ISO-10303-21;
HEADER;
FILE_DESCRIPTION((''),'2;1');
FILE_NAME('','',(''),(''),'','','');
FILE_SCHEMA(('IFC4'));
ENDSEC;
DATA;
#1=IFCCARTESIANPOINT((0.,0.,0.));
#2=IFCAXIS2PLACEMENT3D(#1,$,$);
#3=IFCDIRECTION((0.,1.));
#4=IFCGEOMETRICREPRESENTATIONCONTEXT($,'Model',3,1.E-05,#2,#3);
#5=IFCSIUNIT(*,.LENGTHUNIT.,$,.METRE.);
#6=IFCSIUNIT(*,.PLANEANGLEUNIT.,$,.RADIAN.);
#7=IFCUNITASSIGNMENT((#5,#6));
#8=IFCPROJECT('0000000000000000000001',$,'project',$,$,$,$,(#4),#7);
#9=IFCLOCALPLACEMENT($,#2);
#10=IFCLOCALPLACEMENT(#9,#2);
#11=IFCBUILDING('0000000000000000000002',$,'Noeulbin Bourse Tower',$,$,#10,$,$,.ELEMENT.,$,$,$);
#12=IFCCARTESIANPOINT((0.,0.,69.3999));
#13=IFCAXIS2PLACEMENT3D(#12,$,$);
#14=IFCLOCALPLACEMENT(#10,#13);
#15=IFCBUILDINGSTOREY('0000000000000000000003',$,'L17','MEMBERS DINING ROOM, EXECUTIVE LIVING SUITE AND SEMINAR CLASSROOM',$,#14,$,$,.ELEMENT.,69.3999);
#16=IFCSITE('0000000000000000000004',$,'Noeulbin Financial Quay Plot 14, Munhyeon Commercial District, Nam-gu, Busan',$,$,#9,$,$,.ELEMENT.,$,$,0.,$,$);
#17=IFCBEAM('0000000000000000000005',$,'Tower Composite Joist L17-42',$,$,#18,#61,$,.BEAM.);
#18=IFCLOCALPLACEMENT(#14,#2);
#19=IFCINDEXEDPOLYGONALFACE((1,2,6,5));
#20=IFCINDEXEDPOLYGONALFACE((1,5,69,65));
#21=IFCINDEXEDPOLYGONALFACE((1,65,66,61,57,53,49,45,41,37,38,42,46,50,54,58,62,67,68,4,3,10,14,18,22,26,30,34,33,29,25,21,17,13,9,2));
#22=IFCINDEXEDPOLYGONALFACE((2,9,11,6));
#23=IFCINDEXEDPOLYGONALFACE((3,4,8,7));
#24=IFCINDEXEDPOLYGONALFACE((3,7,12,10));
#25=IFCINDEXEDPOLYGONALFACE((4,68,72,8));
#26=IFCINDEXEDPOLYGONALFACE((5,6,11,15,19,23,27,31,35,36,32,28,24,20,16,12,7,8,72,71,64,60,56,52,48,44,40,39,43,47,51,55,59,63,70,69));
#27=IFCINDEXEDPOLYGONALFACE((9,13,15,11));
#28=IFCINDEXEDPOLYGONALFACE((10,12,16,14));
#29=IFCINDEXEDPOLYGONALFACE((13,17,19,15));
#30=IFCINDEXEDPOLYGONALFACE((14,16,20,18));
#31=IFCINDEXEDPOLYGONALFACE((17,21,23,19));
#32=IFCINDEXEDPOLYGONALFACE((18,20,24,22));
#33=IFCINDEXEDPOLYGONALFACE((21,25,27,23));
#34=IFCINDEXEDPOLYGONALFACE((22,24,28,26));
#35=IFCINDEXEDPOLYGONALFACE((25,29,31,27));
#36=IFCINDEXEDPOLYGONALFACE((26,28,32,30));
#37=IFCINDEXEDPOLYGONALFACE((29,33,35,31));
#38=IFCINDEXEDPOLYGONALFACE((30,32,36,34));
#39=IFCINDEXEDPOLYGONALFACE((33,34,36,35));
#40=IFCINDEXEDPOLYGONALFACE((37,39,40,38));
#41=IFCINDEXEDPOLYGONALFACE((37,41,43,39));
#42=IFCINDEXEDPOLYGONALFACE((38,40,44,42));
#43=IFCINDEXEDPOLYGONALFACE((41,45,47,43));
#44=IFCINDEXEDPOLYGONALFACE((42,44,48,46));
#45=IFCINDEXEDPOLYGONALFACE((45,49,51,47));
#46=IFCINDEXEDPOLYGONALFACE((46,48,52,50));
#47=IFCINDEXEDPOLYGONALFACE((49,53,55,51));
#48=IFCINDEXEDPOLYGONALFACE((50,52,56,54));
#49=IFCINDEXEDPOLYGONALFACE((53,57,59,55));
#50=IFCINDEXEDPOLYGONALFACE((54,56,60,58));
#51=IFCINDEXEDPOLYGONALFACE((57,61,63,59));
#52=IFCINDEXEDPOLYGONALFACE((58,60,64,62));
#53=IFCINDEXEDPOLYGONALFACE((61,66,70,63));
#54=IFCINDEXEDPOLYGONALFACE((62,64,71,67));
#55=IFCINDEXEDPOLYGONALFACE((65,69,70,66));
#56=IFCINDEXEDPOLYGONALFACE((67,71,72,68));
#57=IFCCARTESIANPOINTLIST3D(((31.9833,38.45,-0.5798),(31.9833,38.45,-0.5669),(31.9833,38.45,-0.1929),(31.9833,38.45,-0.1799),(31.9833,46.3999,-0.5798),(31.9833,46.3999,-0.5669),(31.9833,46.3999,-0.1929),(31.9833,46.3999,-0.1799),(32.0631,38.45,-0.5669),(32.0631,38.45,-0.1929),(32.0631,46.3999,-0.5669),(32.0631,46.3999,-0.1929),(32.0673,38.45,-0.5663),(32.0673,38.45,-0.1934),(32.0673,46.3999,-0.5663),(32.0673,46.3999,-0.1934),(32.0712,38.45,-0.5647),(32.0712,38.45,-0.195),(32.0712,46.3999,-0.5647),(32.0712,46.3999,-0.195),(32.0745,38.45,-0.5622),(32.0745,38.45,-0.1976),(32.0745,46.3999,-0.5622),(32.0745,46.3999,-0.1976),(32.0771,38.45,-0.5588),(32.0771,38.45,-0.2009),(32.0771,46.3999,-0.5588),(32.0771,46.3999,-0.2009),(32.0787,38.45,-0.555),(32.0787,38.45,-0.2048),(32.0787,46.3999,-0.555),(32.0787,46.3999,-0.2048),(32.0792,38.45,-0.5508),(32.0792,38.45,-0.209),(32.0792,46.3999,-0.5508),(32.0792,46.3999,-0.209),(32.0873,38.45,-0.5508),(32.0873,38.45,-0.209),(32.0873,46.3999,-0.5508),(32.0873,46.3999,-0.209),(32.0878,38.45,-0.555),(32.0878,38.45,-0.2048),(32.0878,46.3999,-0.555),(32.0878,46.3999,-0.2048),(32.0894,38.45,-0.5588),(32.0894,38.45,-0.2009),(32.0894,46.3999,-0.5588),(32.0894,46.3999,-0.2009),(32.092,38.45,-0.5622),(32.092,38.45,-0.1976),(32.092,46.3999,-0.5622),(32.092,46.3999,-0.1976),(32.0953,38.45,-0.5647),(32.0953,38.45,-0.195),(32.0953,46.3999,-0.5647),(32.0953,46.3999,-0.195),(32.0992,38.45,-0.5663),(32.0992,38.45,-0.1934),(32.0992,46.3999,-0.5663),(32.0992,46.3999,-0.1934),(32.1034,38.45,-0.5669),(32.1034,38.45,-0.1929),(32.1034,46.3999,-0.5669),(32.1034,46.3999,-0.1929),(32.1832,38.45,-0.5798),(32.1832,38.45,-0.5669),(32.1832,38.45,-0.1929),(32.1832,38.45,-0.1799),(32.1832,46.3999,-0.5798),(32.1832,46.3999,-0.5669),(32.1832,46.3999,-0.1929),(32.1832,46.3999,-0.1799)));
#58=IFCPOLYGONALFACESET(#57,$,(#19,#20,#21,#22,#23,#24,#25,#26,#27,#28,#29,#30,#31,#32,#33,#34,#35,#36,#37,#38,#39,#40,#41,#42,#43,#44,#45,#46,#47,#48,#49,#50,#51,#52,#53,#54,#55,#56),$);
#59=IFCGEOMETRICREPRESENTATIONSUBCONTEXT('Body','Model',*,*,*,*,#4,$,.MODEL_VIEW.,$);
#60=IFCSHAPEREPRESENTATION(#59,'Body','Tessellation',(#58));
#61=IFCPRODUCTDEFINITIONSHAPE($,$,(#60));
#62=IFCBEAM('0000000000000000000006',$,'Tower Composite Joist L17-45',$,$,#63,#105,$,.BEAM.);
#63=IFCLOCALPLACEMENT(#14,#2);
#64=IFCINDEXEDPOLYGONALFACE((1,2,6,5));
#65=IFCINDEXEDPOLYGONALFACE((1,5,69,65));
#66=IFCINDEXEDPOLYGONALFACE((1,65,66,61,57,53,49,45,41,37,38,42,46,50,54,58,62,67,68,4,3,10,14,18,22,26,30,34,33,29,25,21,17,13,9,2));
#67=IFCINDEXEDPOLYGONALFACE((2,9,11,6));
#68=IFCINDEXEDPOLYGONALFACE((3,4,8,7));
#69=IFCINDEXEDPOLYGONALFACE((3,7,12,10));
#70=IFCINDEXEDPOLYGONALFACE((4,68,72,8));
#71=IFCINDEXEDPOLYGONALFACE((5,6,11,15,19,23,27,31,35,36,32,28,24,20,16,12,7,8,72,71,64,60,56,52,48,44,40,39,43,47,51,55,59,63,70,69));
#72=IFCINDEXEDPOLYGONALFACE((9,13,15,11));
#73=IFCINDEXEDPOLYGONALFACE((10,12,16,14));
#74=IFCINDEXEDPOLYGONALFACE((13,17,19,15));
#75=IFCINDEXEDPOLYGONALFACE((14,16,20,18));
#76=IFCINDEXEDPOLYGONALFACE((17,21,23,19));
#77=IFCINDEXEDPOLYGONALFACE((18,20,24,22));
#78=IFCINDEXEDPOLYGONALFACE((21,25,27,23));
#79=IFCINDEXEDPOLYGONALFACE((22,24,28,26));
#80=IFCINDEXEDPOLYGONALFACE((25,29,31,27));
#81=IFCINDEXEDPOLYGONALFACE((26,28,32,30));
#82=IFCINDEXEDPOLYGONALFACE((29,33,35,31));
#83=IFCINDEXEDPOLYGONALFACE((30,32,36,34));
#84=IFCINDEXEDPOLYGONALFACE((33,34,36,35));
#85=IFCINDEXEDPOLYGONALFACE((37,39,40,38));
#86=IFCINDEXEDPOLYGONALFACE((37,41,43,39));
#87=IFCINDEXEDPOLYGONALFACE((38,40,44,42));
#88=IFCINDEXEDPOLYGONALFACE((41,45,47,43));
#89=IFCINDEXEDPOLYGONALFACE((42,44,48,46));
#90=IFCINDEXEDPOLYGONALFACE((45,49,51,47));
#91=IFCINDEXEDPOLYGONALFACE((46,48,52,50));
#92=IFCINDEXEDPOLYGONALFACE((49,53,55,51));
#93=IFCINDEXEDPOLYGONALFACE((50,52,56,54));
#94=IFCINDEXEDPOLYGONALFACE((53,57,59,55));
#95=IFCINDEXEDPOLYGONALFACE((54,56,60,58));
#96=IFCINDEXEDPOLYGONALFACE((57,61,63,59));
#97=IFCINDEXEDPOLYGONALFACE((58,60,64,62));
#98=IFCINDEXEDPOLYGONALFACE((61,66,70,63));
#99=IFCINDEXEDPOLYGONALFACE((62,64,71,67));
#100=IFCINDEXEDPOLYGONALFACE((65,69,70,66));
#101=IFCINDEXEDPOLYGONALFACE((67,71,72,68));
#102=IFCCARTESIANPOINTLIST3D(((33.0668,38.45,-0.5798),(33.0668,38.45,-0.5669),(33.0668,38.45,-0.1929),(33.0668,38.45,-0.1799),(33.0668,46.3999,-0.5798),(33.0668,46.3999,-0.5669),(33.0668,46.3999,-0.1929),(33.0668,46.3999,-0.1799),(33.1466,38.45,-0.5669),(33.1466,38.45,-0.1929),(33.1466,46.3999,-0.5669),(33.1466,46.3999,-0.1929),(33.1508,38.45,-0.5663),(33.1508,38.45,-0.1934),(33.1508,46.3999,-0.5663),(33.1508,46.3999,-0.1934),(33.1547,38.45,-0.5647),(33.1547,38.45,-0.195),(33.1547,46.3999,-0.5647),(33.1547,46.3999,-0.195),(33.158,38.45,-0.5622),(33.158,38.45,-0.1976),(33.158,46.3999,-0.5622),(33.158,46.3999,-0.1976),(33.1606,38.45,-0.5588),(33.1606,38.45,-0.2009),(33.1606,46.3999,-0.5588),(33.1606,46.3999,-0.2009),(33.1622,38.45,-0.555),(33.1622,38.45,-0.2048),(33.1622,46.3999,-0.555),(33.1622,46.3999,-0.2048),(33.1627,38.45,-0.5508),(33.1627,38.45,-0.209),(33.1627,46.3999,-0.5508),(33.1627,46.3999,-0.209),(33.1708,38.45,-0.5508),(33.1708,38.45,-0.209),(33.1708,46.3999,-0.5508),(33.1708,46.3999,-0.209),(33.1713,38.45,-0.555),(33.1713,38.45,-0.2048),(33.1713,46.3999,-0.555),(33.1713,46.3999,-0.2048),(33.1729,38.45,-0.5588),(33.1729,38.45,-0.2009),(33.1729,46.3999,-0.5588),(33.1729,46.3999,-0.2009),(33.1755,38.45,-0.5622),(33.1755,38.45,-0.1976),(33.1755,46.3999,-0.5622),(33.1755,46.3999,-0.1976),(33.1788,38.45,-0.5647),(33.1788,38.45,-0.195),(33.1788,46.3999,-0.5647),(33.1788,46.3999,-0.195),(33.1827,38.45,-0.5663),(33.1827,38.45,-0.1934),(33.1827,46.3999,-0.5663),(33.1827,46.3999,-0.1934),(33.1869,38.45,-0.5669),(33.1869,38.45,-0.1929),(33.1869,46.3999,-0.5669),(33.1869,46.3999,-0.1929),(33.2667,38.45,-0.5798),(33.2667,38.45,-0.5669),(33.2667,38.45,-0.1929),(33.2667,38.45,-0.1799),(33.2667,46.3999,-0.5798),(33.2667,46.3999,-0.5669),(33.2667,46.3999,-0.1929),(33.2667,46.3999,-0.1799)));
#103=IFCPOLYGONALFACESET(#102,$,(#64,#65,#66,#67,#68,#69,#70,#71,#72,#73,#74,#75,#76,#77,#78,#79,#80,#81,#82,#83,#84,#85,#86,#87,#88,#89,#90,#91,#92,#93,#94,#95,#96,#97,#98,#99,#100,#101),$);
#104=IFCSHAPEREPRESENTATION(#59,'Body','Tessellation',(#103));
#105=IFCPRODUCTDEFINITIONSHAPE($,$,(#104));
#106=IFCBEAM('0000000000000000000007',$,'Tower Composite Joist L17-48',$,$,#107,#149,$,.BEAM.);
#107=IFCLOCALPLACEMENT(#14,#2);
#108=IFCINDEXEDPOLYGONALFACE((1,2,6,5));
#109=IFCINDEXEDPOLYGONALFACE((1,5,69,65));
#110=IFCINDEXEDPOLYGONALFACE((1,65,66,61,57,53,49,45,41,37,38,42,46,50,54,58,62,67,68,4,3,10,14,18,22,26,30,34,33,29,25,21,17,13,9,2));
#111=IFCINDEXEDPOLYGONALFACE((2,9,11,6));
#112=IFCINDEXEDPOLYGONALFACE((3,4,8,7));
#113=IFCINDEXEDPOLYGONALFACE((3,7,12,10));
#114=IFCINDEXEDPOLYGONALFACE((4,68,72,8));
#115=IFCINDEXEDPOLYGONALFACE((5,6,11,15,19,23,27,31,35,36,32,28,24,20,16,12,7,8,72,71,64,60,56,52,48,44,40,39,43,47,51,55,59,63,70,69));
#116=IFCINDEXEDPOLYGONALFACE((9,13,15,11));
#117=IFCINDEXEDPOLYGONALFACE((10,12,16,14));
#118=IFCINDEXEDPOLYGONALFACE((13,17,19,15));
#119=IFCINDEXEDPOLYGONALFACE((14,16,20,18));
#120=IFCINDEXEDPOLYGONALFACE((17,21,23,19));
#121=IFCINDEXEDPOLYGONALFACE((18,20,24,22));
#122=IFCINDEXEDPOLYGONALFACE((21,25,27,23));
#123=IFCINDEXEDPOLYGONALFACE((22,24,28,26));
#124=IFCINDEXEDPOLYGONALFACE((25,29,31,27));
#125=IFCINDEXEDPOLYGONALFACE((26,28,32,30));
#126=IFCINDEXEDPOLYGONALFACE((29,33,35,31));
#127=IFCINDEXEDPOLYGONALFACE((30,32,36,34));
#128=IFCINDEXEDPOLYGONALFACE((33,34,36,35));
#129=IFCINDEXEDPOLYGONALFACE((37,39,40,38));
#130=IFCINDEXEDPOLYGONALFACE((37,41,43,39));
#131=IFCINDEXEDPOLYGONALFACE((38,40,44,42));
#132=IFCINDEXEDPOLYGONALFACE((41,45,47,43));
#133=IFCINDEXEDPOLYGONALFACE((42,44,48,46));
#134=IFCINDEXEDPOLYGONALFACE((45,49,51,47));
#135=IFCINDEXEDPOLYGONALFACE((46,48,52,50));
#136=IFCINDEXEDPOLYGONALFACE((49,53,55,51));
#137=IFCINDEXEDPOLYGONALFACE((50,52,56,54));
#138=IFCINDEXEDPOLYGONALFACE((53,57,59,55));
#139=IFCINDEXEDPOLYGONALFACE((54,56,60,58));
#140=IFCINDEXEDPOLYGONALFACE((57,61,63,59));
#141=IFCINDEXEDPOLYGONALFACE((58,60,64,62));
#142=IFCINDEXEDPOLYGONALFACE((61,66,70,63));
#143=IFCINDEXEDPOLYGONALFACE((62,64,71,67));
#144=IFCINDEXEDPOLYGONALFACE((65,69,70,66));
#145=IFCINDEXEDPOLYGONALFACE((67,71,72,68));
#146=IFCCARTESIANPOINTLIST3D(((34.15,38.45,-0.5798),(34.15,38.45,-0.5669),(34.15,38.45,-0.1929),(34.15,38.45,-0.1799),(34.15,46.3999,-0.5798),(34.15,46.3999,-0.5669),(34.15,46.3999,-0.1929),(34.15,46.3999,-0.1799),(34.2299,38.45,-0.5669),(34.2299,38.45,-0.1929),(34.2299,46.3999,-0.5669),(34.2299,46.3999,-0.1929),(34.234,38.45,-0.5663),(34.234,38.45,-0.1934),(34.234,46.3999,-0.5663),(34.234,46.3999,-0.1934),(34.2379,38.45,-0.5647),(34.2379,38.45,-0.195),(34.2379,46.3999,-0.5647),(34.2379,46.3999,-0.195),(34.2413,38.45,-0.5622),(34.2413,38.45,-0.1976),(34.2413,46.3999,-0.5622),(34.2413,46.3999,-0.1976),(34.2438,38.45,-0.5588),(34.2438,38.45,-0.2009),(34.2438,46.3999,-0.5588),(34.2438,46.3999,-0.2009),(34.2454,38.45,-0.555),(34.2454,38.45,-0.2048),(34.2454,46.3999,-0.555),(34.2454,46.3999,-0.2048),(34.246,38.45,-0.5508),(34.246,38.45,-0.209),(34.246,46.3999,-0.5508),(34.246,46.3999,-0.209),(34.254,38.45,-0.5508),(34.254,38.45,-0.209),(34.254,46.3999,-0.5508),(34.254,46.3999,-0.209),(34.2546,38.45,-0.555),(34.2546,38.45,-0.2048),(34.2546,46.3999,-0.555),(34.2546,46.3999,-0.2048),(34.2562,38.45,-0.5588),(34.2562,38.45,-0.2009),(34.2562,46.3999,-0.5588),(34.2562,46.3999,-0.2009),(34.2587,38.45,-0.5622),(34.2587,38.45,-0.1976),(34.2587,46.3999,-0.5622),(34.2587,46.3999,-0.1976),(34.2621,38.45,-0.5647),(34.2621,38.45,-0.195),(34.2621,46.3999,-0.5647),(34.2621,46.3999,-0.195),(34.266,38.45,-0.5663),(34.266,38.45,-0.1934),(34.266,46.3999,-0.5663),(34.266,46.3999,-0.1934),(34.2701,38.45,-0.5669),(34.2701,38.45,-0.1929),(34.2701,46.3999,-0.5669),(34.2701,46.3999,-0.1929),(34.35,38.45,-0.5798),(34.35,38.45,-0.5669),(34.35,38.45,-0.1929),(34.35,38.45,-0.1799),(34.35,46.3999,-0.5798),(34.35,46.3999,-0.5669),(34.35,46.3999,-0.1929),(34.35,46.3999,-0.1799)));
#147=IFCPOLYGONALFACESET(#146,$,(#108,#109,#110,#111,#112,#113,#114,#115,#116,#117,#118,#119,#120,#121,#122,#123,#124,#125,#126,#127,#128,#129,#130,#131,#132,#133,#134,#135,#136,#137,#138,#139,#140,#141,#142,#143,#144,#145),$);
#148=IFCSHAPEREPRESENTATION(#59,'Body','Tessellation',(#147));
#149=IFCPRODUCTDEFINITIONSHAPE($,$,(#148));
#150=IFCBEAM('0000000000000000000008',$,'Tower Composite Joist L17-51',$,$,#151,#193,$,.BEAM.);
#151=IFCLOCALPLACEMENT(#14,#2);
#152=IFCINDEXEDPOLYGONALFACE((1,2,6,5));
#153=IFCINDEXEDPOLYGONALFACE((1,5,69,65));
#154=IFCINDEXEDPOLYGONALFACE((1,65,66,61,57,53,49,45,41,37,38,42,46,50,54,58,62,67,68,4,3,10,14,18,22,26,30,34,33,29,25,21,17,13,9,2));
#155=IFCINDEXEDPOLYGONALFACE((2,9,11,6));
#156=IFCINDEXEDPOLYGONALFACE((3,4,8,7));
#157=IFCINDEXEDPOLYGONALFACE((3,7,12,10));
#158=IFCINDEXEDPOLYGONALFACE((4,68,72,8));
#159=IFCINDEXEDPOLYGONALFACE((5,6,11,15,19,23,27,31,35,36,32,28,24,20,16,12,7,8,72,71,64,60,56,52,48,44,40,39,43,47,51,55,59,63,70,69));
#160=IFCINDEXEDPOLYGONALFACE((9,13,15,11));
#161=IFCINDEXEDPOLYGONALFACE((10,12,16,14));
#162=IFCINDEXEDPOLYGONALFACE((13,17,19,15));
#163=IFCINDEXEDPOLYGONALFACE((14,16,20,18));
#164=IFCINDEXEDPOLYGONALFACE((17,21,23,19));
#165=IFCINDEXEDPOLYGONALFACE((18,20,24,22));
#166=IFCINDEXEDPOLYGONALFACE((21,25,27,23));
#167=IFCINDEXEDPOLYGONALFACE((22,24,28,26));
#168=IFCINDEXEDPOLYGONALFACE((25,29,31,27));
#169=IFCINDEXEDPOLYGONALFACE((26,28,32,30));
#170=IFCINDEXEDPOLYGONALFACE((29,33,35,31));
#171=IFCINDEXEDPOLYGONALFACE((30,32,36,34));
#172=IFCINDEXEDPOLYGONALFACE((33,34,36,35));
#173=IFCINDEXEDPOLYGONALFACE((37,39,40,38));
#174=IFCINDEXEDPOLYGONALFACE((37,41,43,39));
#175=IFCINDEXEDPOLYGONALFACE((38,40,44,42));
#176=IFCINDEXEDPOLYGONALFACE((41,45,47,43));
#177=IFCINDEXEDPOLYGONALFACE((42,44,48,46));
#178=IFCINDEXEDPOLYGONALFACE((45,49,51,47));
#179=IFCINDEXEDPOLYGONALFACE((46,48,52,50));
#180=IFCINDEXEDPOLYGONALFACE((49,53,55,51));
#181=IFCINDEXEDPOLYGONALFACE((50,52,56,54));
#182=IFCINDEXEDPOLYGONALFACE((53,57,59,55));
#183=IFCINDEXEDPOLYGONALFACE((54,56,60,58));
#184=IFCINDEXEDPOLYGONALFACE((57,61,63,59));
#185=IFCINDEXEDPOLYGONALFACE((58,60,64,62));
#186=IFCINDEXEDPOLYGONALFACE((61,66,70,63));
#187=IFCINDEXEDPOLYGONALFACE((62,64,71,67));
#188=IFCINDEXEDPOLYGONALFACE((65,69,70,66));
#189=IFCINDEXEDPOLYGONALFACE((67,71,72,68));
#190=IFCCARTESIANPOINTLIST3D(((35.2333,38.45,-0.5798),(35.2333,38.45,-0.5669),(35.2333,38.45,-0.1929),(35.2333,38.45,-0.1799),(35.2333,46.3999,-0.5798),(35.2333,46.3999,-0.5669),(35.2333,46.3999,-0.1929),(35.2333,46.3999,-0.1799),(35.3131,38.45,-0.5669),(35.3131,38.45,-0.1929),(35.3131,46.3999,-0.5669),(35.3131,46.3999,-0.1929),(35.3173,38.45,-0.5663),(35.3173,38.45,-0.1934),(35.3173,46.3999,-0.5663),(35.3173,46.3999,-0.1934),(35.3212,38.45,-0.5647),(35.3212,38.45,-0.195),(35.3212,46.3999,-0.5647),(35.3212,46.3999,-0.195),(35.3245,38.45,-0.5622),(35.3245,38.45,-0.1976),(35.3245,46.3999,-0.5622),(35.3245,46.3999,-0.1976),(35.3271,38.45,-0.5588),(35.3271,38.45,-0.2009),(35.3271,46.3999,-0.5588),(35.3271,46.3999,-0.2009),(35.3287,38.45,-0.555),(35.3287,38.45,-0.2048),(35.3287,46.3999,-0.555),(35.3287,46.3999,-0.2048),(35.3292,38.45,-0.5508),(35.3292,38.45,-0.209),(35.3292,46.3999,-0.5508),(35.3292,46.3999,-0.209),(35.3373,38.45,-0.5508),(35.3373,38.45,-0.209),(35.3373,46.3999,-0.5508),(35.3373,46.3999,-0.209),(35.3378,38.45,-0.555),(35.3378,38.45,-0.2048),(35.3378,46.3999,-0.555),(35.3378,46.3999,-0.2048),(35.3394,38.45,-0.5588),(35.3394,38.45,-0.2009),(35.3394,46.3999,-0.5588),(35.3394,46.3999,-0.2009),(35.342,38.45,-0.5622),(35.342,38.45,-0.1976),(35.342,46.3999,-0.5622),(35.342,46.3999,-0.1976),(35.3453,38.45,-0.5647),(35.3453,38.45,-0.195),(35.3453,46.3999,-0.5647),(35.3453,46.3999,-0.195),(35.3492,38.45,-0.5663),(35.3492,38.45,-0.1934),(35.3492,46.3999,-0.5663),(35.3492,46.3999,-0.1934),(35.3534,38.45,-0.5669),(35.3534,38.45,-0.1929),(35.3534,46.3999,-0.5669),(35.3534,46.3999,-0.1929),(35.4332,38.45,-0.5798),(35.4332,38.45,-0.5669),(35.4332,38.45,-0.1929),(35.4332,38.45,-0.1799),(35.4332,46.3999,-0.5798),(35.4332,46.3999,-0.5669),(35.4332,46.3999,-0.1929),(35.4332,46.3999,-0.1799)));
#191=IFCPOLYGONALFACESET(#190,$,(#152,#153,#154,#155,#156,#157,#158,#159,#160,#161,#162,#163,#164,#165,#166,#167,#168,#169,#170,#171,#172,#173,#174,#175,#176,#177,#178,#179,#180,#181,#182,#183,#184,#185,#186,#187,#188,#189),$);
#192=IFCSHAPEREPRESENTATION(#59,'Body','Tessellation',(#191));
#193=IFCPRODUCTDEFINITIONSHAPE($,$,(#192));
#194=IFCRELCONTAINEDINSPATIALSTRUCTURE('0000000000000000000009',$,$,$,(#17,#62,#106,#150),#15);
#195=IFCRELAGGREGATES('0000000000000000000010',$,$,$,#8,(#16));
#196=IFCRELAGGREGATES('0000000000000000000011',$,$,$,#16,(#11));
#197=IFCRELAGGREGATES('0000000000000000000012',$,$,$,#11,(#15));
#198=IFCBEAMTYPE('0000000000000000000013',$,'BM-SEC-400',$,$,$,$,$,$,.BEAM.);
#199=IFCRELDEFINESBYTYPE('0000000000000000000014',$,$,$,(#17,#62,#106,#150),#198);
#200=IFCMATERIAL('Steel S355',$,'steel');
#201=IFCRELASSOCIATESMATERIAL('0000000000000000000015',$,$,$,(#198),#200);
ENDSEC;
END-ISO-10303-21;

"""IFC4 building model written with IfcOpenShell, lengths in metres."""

from ifc_helpers import new_model, si_unit, direction, frame, origin, origin_2d, place, context, subcontext, project, spatial, i_section, extrude, material, material_profile, profile_set, type_object, element, save


model = new_model("IFC4")

# Units and contexts
model_context = context("Model", 3, precision=1e-05, world=origin(), true_north=direction((0.0, 1.0)))
body_context = subcontext(model_context, "Body", "Model", "MODEL_VIEW")
ifc_project = project(units=[si_unit("LENGTHUNIT", "METRE"), si_unit("PLANEANGLEUNIT", "RADIAN")], contexts=[model_context])

# Site, building, storey
site_placement = place(None, origin())
site = spatial("IfcSite", under=ifc_project, at=site_placement, Name="Noeulbin Financial Quay Plot 14, Munhyeon Commercial District, Nam-gu, Busan", CompositionType="ELEMENT", RefElevation=0.0)
building_placement = place(site_placement, origin())
building = spatial("IfcBuilding", under=site, at=building_placement, Name="Noeulbin Bourse Tower", CompositionType="ELEMENT")
storey_placement = place(building_placement, frame((0.0, 0.0, 69.3999)))
storey = spatial("IfcBuildingStorey", under=building, at=storey_placement, Name="L17", Description="MEMBERS DINING ROOM, EXECUTIVE LIVING SUITE AND SEMINAR CLASSROOM", CompositionType="ELEMENT", Elevation=69.3999)

# Beams
ifc_material_1 = material(Name="Steel S355", Category="steel")
ifc_material_profile_1 = material_profile(ifc_material_1, i_section(OverallWidth=0.2, OverallDepth=0.3999, WebThickness=0.0081, FlangeThickness=0.0129, FilletRadius=0.0161, at=origin_2d()), Name="H-400x200x8x13", Category="LoadBearing")
ifc_profile_set_1 = profile_set([ifc_material_profile_1], Name="Steel S355")
beam_type_1 = type_object("IfcBeamType", Name="BM-SEC-400", PredefinedType="BEAM", material=ifc_profile_set_1)
for number, where, z_axis, x_axis, name in (
    (1, (32.0833, 38.45, -0.3799), (0.0, 1.0, 0.0), (-1.0, 0.0, 0.0), "Tower Composite Joist L17-42"),
    (2, (33.1667, 38.45, -0.3799), (0.0, 1.0, 0.0), (-1.0, 0.0, 0.0), "Tower Composite Joist L17-45"),
    (3, (34.25, 38.45, -0.3799), (0.0, 1.0, 0.0), (-1.0, 0.0, 0.0), "Tower Composite Joist L17-48"),
    (4, (35.3333, 38.45, -0.3799), (0.0, 1.0, 0.0), (-1.0, 0.0, 0.0), "Tower Composite Joist L17-51"),
):
    element("IfcBeam", number, at=place(storey_placement, frame(where, z_axis=z_axis, x_axis=x_axis)), inside=storey, type_object=beam_type_1, Name=name, PredefinedType="BEAM", context=body_context, shape_type="SweptSolid", body=[
        extrude(i_section(OverallWidth=0.2, OverallDepth=0.3999, WebThickness=0.0081, FlangeThickness=0.0129, FilletRadius=0.0161, at=origin_2d()), origin(), (0.0, 0.0, 1.0), 7.95),
    ])

save(model, "model.ifc")
